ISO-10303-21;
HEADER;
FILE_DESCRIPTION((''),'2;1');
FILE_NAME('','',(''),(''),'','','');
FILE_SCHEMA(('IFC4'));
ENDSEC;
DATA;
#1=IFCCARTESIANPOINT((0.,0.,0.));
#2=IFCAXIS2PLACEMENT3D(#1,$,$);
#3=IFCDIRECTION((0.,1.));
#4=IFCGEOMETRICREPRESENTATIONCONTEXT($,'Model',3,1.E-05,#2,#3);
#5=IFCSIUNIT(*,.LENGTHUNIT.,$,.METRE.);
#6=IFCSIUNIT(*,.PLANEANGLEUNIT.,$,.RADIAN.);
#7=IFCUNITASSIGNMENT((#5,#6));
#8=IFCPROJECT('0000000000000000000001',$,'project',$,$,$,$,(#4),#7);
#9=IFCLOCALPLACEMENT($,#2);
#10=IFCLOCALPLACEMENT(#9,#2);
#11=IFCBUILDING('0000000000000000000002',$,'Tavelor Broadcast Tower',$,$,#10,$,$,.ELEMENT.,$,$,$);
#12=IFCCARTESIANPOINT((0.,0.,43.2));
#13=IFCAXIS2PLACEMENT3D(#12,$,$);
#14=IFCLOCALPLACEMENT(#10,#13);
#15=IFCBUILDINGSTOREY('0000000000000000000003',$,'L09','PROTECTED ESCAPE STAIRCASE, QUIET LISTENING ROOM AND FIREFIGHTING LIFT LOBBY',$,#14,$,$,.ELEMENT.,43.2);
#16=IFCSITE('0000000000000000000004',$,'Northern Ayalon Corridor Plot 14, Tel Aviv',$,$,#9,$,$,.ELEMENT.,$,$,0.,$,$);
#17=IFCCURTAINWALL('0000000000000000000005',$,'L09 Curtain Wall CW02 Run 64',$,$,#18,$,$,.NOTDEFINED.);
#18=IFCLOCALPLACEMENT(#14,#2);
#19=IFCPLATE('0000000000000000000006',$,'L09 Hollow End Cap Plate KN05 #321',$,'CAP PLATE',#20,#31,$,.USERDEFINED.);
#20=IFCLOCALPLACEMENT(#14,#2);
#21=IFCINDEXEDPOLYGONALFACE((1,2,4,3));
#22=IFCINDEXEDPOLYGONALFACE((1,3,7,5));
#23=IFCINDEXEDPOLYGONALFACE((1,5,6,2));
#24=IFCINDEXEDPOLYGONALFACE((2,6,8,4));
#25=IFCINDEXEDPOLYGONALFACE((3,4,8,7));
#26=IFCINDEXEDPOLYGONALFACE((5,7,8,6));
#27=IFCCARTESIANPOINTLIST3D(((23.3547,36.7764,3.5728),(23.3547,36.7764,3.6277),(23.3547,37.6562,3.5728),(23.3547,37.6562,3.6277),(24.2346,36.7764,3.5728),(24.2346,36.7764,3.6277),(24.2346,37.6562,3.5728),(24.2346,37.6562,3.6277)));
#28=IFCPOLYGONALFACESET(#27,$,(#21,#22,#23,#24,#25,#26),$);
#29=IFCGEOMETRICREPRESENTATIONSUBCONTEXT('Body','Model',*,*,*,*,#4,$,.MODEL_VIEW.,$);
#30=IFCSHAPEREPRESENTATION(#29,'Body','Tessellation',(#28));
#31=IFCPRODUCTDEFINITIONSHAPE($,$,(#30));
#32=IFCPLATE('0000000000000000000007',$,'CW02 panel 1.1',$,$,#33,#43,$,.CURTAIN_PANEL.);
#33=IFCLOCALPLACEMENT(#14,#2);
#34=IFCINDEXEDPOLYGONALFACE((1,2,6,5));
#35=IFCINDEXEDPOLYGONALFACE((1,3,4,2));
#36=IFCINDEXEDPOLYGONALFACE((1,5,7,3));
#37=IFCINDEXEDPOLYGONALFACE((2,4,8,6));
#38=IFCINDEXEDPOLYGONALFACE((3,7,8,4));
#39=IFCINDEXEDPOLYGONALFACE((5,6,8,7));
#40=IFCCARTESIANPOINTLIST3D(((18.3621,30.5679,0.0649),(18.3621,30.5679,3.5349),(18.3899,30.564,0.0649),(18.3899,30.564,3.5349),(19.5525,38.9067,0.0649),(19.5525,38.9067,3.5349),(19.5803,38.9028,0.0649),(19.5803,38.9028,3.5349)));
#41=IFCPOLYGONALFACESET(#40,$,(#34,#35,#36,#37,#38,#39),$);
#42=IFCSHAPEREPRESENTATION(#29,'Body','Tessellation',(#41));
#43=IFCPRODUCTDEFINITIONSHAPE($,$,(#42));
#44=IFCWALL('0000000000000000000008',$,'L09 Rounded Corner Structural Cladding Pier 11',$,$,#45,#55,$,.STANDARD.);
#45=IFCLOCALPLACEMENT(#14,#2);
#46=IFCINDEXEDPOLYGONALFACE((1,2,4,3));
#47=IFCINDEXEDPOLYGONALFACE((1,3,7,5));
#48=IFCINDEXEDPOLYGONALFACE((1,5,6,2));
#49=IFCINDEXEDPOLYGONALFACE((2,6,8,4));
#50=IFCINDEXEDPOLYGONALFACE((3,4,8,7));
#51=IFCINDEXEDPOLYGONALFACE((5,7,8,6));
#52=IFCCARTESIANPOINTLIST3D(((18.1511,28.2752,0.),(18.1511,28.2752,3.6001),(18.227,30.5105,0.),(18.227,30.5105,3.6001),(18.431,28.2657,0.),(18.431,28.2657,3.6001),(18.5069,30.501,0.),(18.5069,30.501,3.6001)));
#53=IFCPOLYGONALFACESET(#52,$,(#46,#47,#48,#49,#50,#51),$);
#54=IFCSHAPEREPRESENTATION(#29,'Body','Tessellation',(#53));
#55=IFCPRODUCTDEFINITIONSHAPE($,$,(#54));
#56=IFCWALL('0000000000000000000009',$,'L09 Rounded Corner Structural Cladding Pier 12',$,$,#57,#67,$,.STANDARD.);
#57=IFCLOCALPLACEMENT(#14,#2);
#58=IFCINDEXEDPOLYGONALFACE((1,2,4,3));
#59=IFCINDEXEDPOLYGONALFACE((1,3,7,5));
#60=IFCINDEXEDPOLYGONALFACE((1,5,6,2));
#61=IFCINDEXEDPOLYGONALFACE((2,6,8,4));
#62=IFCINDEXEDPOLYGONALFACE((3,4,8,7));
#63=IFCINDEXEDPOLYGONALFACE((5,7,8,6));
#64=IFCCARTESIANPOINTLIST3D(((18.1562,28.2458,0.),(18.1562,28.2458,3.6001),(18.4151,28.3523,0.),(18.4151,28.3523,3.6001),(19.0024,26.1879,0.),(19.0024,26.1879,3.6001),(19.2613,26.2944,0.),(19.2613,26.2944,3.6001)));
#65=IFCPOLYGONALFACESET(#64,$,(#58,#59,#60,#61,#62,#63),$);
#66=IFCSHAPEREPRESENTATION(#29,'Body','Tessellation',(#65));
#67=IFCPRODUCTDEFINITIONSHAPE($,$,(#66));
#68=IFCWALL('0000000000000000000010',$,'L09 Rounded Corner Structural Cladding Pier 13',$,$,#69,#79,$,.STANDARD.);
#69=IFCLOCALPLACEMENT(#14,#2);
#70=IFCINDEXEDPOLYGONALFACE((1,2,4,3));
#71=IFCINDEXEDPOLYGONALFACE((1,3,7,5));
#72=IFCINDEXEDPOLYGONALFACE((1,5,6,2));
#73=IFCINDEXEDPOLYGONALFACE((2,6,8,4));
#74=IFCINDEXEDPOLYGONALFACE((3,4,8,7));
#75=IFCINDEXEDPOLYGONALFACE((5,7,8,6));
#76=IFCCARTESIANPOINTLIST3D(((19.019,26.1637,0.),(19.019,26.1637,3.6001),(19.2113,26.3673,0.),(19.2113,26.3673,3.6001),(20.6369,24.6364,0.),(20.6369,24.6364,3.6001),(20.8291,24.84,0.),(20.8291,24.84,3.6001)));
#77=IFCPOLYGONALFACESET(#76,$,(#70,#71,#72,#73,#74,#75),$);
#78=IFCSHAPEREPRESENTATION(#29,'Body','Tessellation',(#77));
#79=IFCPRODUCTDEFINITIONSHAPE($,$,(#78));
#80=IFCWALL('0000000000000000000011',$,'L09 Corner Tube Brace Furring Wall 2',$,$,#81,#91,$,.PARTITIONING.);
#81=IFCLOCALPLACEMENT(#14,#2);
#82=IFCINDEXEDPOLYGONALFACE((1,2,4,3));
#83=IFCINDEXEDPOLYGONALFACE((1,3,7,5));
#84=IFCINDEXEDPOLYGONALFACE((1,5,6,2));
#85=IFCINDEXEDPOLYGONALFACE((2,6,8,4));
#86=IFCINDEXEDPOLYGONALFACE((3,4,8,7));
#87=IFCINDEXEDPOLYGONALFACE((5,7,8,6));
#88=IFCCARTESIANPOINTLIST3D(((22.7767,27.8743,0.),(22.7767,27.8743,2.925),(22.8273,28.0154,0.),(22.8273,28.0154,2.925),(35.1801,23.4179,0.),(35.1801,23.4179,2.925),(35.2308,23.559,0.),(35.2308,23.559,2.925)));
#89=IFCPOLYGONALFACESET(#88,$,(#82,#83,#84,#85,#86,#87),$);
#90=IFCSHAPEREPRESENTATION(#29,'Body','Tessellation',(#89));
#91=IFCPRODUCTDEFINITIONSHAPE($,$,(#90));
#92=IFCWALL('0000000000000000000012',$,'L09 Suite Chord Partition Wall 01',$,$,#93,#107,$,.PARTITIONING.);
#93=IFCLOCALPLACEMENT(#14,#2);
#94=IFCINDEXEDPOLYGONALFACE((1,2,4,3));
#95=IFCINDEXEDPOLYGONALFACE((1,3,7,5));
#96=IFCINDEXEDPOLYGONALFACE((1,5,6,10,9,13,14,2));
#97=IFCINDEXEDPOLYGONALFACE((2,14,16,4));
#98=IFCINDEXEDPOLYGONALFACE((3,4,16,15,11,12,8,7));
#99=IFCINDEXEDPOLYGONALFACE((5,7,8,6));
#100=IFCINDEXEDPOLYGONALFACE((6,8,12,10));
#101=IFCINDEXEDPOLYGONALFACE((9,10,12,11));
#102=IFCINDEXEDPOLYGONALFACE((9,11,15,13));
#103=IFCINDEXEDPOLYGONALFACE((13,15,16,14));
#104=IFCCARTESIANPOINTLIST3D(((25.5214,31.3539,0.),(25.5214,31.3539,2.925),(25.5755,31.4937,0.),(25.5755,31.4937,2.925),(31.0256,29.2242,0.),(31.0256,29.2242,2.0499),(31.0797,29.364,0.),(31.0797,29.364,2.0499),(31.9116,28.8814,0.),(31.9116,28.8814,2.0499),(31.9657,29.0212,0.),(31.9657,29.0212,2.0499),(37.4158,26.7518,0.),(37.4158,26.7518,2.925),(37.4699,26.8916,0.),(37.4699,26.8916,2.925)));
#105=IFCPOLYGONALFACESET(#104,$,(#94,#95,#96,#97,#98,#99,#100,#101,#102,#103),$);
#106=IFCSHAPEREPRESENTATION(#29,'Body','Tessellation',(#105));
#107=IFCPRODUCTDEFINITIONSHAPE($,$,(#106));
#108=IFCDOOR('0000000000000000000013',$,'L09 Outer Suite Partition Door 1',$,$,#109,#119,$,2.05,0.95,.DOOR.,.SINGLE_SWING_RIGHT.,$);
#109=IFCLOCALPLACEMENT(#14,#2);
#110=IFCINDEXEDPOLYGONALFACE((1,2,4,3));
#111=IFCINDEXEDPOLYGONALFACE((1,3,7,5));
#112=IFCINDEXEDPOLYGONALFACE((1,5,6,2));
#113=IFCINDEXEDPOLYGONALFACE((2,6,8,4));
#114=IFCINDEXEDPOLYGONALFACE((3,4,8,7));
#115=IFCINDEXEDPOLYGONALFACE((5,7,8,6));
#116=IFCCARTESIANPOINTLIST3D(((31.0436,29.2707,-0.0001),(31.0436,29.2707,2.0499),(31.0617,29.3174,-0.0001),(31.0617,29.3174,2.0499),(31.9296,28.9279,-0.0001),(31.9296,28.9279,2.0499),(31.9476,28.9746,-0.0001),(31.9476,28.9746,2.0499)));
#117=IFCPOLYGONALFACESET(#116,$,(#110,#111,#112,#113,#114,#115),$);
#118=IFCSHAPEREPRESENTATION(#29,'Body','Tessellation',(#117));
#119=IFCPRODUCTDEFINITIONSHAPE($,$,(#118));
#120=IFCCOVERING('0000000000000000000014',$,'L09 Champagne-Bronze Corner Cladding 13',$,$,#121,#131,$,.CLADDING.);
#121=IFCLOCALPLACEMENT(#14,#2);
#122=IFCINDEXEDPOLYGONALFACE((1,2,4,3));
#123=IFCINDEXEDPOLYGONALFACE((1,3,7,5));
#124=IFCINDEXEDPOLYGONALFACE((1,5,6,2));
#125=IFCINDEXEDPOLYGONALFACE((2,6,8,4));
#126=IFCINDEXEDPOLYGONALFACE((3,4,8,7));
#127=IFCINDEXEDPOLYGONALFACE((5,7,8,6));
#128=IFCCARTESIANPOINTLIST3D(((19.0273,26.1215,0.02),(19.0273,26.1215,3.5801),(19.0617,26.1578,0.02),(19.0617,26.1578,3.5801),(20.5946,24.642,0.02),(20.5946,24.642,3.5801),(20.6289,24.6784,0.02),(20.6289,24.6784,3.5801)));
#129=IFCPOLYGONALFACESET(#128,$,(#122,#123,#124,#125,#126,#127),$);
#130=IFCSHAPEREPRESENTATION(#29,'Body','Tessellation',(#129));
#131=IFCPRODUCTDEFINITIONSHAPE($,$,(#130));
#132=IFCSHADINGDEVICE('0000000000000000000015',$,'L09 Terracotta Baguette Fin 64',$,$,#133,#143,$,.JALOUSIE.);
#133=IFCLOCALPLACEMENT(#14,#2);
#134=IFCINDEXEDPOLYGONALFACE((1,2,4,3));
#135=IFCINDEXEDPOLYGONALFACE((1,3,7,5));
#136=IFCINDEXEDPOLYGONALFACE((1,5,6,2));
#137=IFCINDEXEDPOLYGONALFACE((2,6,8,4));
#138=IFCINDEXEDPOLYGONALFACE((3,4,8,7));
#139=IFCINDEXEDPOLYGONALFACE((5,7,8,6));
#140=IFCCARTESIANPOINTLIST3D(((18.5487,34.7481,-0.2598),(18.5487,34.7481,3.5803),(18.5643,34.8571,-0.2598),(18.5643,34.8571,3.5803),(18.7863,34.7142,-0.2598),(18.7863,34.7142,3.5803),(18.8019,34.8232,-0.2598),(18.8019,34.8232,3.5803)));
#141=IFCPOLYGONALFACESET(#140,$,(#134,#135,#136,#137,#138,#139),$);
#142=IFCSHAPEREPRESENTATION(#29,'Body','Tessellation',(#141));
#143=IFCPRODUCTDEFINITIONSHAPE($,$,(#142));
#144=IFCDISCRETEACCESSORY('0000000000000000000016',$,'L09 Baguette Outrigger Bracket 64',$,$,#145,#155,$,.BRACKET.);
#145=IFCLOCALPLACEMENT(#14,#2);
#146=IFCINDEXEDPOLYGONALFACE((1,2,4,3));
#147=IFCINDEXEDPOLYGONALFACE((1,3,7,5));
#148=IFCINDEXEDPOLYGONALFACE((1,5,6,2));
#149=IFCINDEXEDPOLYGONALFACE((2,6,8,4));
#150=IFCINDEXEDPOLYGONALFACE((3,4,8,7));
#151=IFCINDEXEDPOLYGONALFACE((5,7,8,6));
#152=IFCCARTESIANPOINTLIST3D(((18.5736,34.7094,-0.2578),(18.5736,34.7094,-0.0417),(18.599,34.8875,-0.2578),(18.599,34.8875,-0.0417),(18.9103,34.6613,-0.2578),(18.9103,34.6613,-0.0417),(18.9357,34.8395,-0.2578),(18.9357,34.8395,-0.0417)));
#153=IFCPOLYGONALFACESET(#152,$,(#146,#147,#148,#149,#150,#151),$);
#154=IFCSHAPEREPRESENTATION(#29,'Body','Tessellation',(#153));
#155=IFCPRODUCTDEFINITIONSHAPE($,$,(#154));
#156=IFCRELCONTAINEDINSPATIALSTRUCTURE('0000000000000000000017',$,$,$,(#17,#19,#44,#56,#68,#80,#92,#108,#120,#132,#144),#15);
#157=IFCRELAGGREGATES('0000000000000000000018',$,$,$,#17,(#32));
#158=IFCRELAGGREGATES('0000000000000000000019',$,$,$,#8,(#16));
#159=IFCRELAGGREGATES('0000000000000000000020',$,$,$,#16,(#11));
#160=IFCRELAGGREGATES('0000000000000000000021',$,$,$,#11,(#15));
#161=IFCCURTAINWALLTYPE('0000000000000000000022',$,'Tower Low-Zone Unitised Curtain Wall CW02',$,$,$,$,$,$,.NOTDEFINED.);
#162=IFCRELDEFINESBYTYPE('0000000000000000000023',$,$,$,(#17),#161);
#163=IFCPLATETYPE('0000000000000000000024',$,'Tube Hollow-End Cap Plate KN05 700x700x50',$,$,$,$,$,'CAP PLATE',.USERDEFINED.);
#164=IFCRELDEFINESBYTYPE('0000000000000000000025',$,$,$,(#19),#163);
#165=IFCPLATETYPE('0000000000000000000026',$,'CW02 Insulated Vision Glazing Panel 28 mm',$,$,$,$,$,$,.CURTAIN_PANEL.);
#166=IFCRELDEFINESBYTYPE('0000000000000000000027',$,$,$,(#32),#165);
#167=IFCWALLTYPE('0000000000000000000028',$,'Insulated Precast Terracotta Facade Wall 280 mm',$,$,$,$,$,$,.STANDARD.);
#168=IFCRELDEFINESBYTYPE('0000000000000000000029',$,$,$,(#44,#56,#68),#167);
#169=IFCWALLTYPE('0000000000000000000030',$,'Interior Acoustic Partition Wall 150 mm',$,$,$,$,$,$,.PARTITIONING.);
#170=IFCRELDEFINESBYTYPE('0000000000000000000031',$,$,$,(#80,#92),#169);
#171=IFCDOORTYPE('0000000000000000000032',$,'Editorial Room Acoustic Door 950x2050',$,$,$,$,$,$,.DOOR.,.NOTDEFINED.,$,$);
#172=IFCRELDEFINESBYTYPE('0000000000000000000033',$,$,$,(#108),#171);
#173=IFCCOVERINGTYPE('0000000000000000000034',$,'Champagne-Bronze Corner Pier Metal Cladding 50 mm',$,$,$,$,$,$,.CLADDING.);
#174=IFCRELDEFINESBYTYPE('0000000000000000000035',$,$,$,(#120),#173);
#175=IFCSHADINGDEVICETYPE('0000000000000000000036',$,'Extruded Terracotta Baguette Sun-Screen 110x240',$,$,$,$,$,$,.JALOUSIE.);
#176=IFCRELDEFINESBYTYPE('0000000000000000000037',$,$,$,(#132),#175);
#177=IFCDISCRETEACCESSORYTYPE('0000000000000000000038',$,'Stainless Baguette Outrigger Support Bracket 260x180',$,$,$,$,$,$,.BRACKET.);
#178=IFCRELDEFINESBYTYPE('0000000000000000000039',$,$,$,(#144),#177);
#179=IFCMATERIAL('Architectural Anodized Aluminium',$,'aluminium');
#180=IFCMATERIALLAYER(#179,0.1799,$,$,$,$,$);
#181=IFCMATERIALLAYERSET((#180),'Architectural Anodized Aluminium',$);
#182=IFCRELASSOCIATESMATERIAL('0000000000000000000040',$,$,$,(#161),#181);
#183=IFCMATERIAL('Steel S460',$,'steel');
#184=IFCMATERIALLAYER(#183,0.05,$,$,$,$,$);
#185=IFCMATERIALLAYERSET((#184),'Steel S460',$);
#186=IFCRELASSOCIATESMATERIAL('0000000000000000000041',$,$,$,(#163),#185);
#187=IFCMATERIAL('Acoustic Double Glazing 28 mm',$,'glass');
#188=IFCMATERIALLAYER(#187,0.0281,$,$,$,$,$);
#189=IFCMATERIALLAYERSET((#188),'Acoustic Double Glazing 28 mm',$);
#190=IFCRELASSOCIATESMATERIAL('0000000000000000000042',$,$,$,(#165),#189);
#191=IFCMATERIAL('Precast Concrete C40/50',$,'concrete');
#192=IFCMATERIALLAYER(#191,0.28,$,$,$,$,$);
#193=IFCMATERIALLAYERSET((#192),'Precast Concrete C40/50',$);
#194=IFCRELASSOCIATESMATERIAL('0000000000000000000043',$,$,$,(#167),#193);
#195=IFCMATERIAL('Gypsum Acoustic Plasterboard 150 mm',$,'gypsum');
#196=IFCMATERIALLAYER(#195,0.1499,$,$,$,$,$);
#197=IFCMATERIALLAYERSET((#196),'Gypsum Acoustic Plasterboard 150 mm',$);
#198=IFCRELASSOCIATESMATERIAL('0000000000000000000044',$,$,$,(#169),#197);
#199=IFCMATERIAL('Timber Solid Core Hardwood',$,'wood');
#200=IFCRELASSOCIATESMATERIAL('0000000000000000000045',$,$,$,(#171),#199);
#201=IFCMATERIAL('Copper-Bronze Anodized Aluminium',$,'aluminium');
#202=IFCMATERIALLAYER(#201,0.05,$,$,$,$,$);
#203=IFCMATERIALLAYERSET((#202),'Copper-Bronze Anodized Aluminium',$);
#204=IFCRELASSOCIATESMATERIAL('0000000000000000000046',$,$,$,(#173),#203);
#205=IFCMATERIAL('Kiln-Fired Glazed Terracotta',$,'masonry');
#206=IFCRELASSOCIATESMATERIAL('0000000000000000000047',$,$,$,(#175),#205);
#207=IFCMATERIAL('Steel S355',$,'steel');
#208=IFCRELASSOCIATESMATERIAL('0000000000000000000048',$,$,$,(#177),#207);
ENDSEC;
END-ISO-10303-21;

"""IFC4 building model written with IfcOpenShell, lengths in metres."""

from ifc_helpers import new_model, si_unit, direction, frame, frame_2d, origin, origin_2d, place, context, subcontext, project, spatial, rectangle, extrude, source, transform, mapped, material, layer, layer_set, type_object, type_shapes, element, fill, aggregate, save


model = new_model("IFC4")

# Units and contexts
model_context = context("Model", 3, precision=1e-05, world=origin(), true_north=direction((0.0, 1.0)))
body_context = subcontext(model_context, "Body", "Model", "MODEL_VIEW")
ifc_project = project(units=[si_unit("LENGTHUNIT", "METRE"), si_unit("PLANEANGLEUNIT", "RADIAN")], contexts=[model_context])

# Site, building, storey
site_placement = place(None, origin())
site = spatial("IfcSite", under=ifc_project, at=site_placement, Name="Northern Ayalon Corridor Plot 14, Tel Aviv", CompositionType="ELEMENT", RefElevation=0.0)
building_placement = place(site_placement, origin())
building = spatial("IfcBuilding", under=site, at=building_placement, Name="Tavelor Broadcast Tower", CompositionType="ELEMENT")
storey_placement = place(building_placement, frame((0.0, 0.0, 43.2)))
storey = spatial("IfcBuildingStorey", under=building, at=storey_placement, Name="L09", Description="PROTECTED ESCAPE STAIRCASE, QUIET LISTENING ROOM AND FIREFIGHTING LIFT LOBBY", CompositionType="ELEMENT", Elevation=43.2)

# Shared definitions
ifc_material_1 = material(Name="Steel S460", Category="steel")

# Shared definitions
ifc_material_2 = material(Name="Steel S355", Category="steel")

# Shared definitions
ifc_material_3 = material(Name="Architectural Anodized Aluminium", Category="aluminium")
ifc_layer_1 = layer(ifc_material_3, 0.1799)
ifc_layer_set_1 = layer_set([ifc_layer_1], Name="Architectural Anodized Aluminium")
curtain_wall_type = type_object("IfcCurtainWallType", Name="Tower Low-Zone Unitised Curtain Wall CW02", PredefinedType="NOTDEFINED", material=ifc_layer_set_1)

# Curtain wall
curtain_wall_1_placement = place(storey_placement, origin())
curtain_wall_1 = element("IfcCurtainWall", 1, at=curtain_wall_1_placement, inside=storey, type_object=curtain_wall_type, Name="L09 Curtain Wall CW02 Run 64", PredefinedType="NOTDEFINED")

# Plate
ifc_layer_2 = layer(ifc_material_1, 0.05)
ifc_layer_set_2 = layer_set([ifc_layer_2], Name="Steel S460")
plate_type_1 = type_object("IfcPlateType", Name="Tube Hollow-End Cap Plate KN05 700x700x50", ElementType="CAP PLATE", PredefinedType="USERDEFINED", material=ifc_layer_set_2)
shared_shape_1 = source(origin(), body_context, "Body", "SweptSolid", [
    extrude(rectangle(XDim=0.8799, YDim=0.8799, at=origin_2d()), origin(), (0.0, 0.0, 1.0), 0.0549),
])
for number, where, z_axis, x_axis, name in (
    (2, (23.7947, 37.2163, 3.5728), (0.0, 0.0, 1.0), (1.0, 0.0, 0.0), "L09 Hollow End Cap Plate KN05 #321"),
):
    element("IfcPlate", number, at=place(storey_placement, frame(where, z_axis=z_axis, x_axis=x_axis)), inside=storey, type_object=plate_type_1, Name=name, ObjectType="CAP PLATE", PredefinedType="USERDEFINED", context=body_context, shape_type="MappedRepresentation", body=[
        mapped(shared_shape_1, transform((0.0, 0.0, 0.0), scale=1.0)),
    ])

# Plate
ifc_material_4 = material(Name="Acoustic Double Glazing 28 mm", Category="glass")
ifc_layer_3 = layer(ifc_material_4, 0.0281)
ifc_layer_set_3 = layer_set([ifc_layer_3], Name="Acoustic Double Glazing 28 mm")
plate_type_2 = type_object("IfcPlateType", Name="CW02 Insulated Vision Glazing Panel 28 mm", PredefinedType="CURTAIN_PANEL", material=ifc_layer_set_3)
shared_shape_2 = source(origin(), body_context, "Body", "SweptSolid", [
    extrude(rectangle(XDim=8.4233, YDim=0.0281, at=origin_2d()), origin(), (0.0, 0.0, 1.0), 3.47),
])
type_shapes(plate_type_2, [shared_shape_2])
plate_placement = place(storey_placement, frame((18.9712, 34.7354, 0.0649), z_axis=(0.0, 0.0, 1.0), x_axis=(-0.141313, -0.989965, 0.0)))
plate = element("IfcPlate", 3, at=plate_placement, type_object=plate_type_2, Name="CW02 panel 1.1", PredefinedType="CURTAIN_PANEL", context=body_context, shape_type="MappedRepresentation", body=[
    mapped(shared_shape_2, transform((0.0, 0.0, 0.0), scale=1.0)),
])
aggregate(curtain_wall_1, [plate])

# Walls
ifc_material_5 = material(Name="Precast Concrete C40/50", Category="concrete")
ifc_layer_4 = layer(ifc_material_5, 0.28)
ifc_layer_set_4 = layer_set([ifc_layer_4], Name="Precast Concrete C40/50")
wall_type_1 = type_object("IfcWallType", Name="Insulated Precast Terracotta Facade Wall 280 mm", PredefinedType="STANDARD", material=ifc_layer_set_4)
wall_1_placement = place(storey_placement, frame((18.3669, 30.5056, 0.0), z_axis=(0.0, 0.0, 1.0), x_axis=(-0.033947, -0.999424, 0.0)))
element("IfcWall", 4, at=wall_1_placement, inside=storey, type_object=wall_type_1, Name="L09 Rounded Corner Structural Cladding Pier 11", PredefinedType="STANDARD", context=body_context, shape_type="SweptSolid", body=[
    extrude(rectangle(XDim=2.2366, YDim=0.28, at=frame_2d((1.1182, 0.0))), origin(), (0.0, 0.0, 1.0), 3.6001),
])
wall_2_placement = place(storey_placement, frame((18.2856, 28.2991, 0.0), z_axis=(0.0, 0.0, 1.0), x_axis=(0.380303, -0.924862, 0.0)))
element("IfcWall", 5, at=wall_2_placement, inside=storey, type_object=wall_type_1, Name="L09 Rounded Corner Structural Cladding Pier 12", PredefinedType="STANDARD", context=body_context, shape_type="SweptSolid", body=[
    extrude(rectangle(XDim=2.2251, YDim=0.28, at=frame_2d((1.1125, 0.0))), origin(), (0.0, 0.0, 1.0), 3.6001),
])
wall_3_placement = place(storey_placement, frame((19.1152, 26.2654, 0.0), z_axis=(0.0, 0.0, 1.0), x_axis=(0.727168, -0.686459, 0.0)))
element("IfcWall", 6, at=wall_3_placement, inside=storey, type_object=wall_type_1, Name="L09 Rounded Corner Structural Cladding Pier 13", PredefinedType="STANDARD", context=body_context, shape_type="SweptSolid", body=[
    extrude(rectangle(XDim=2.2249, YDim=0.28, at=frame_2d((1.1123, 0.0))), origin(), (0.0, 0.0, 1.0), 3.6001),
])
ifc_material_6 = material(Name="Gypsum Acoustic Plasterboard 150 mm", Category="gypsum")
ifc_layer_5 = layer(ifc_material_6, 0.1499)
ifc_layer_set_5 = layer_set([ifc_layer_5], Name="Gypsum Acoustic Plasterboard 150 mm")
wall_type_2 = type_object("IfcWallType", Name="Interior Acoustic Partition Wall 150 mm", PredefinedType="PARTITIONING", material=ifc_layer_set_5)
wall_4_placement = place(storey_placement, frame((22.802, 27.9448, 0.0), z_axis=(0.0, 0.0, 1.0), x_axis=(0.941102, -0.338122, 0.0)))
element("IfcWall", 7, at=wall_4_placement, inside=storey, type_object=wall_type_2, Name="L09 Corner Tube Brace Furring Wall 2", PredefinedType="PARTITIONING", context=body_context, shape_type="SweptSolid", body=[
    extrude(rectangle(XDim=13.1797, YDim=0.1499, at=frame_2d((6.5898, 0.0))), origin(), (0.0, 0.0, 1.0), 2.925),
])

# Wall, opening, door
wall_5_placement = place(storey_placement, frame((25.5483, 31.4238, 0.0), z_axis=(0.0, 0.0, 1.0), x_axis=(0.932626, -0.360845, 0.0)))
wall_5 = element("IfcWall", 8, at=wall_5_placement, inside=storey, type_object=wall_type_2, Name="L09 Suite Chord Partition Wall 01", PredefinedType="PARTITIONING", context=body_context, shape_type="SweptSolid", body=[
    extrude(rectangle(XDim=12.7537, YDim=0.1499, at=frame_2d((6.377, 0.0))), origin(), (0.0, 0.0, 1.0), 2.925),
])
opening_placement = place(wall_5_placement, frame((5.9019, 0.0, 0.0)))
opening = element("IfcOpeningElement", 9, at=opening_placement, cuts=wall_5, PredefinedType="OPENING", context=body_context, shape_type="SweptSolid", body=[
    extrude(rectangle(XDim=0.95, YDim=2.05, at=frame_2d((0.4751, 1.0249))), frame((0.0, 0.085, 0.0), z_axis=(0.0, -1.0, 0.0), x_axis=(1.0, 0.0, 0.0)), (0.0, 0.0, 1.0), 0.1699),
])
ifc_material_7 = material(Name="Timber Solid Core Hardwood", Category="wood")
door_type = type_object("IfcDoorType", Name="Editorial Room Acoustic Door 950x2050", OperationType="NOTDEFINED", PredefinedType="DOOR", material=ifc_material_7)
door_placement = place(opening_placement, origin())
door = element("IfcDoor", 10, at=door_placement, inside=storey, type_object=door_type, Name="L09 Outer Suite Partition Door 1", OperationType="SINGLE_SWING_RIGHT", OverallHeight=2.05, OverallWidth=0.95, PredefinedType="DOOR", context=body_context, shape_type="SweptSolid", body=[
    extrude(rectangle(XDim=0.95, YDim=2.05, at=frame_2d((0.4751, 1.0249))), frame((0.0, 0.0249, 0.0), z_axis=(0.0, -1.0, 0.0), x_axis=(1.0, 0.0, 0.0)), (0.0, 0.0, 1.0), 0.05),
])
fill(opening, door)

# Covering
ifc_material_8 = material(Name="Copper-Bronze Anodized Aluminium", Category="aluminium")
ifc_layer_6 = layer(ifc_material_8, 0.05)
ifc_layer_set_6 = layer_set([ifc_layer_6], Name="Copper-Bronze Anodized Aluminium")
covering_type = type_object("IfcCoveringType", Name="Champagne-Bronze Corner Pier Metal Cladding 50 mm", PredefinedType="CLADDING", material=ifc_layer_set_6)
covering_placement = place(storey_placement, frame((19.8281, 25.3999, 0.02), z_axis=(0.0, 0.0, 1.0), x_axis=(0.727174, -0.686453, 0.0)))
element("IfcCovering", 11, at=covering_placement, inside=storey, type_object=covering_type, Name="L09 Champagne-Bronze Corner Cladding 13", PredefinedType="CLADDING", context=body_context, shape_type="SweptSolid", body=[
    extrude(rectangle(XDim=2.1553, YDim=0.05, at=origin_2d()), origin(), (0.0, 0.0, 1.0), 3.5601),
])

# Shading device
ifc_material_9 = material(Name="Kiln-Fired Glazed Terracotta", Category="masonry")
shading_device_type = type_object("IfcShadingDeviceType", Name="Extruded Terracotta Baguette Sun-Screen 110x240", PredefinedType="JALOUSIE", material=ifc_material_9)
shared_shape_3 = source(origin(), body_context, "Body", "SweptSolid", [
    extrude(rectangle(XDim=0.1101, YDim=0.24, at=origin_2d()), origin(), (0.0, 0.0, 1.0), 3.8401),
])
type_shapes(shading_device_type, [shared_shape_3])
shading_device_placement = place(storey_placement, frame((18.6753, 34.7856, -0.2598), z_axis=(0.0, 0.0, 1.0), x_axis=(-0.141247, -0.989974, 0.0)))
element("IfcShadingDevice", 12, at=shading_device_placement, inside=storey, type_object=shading_device_type, Name="L09 Terracotta Baguette Fin 64", PredefinedType="JALOUSIE", context=body_context, shape_type="MappedRepresentation", body=[
    mapped(shared_shape_3, transform((0.0, 0.0, 0.0), scale=1.0)),
])

# Discrete accessory
discrete_accessory_type = type_object("IfcDiscreteAccessoryType", Name="Stainless Baguette Outrigger Support Bracket 260x180", PredefinedType="BRACKET", material=ifc_material_2)
shared_shape_4 = source(origin(), body_context, "Body", "SweptSolid", [
    extrude(rectangle(XDim=0.1799, YDim=0.3401, at=origin_2d()), origin(), (0.0, 0.0, 1.0), 0.2161),
])
type_shapes(discrete_accessory_type, [shared_shape_4])
discrete_accessory_placement = place(storey_placement, frame((18.7546, 34.7744, -0.2578), z_axis=(0.0, 0.0, 1.0), x_axis=(-0.141247, -0.989974, 0.0)))
element("IfcDiscreteAccessory", 13, at=discrete_accessory_placement, inside=storey, type_object=discrete_accessory_type, Name="L09 Baguette Outrigger Bracket 64", PredefinedType="BRACKET", context=body_context, shape_type="MappedRepresentation", body=[
    mapped(shared_shape_4, transform((0.0, 0.0, 0.0), scale=1.0)),
])

save(model, "model.ifc")
